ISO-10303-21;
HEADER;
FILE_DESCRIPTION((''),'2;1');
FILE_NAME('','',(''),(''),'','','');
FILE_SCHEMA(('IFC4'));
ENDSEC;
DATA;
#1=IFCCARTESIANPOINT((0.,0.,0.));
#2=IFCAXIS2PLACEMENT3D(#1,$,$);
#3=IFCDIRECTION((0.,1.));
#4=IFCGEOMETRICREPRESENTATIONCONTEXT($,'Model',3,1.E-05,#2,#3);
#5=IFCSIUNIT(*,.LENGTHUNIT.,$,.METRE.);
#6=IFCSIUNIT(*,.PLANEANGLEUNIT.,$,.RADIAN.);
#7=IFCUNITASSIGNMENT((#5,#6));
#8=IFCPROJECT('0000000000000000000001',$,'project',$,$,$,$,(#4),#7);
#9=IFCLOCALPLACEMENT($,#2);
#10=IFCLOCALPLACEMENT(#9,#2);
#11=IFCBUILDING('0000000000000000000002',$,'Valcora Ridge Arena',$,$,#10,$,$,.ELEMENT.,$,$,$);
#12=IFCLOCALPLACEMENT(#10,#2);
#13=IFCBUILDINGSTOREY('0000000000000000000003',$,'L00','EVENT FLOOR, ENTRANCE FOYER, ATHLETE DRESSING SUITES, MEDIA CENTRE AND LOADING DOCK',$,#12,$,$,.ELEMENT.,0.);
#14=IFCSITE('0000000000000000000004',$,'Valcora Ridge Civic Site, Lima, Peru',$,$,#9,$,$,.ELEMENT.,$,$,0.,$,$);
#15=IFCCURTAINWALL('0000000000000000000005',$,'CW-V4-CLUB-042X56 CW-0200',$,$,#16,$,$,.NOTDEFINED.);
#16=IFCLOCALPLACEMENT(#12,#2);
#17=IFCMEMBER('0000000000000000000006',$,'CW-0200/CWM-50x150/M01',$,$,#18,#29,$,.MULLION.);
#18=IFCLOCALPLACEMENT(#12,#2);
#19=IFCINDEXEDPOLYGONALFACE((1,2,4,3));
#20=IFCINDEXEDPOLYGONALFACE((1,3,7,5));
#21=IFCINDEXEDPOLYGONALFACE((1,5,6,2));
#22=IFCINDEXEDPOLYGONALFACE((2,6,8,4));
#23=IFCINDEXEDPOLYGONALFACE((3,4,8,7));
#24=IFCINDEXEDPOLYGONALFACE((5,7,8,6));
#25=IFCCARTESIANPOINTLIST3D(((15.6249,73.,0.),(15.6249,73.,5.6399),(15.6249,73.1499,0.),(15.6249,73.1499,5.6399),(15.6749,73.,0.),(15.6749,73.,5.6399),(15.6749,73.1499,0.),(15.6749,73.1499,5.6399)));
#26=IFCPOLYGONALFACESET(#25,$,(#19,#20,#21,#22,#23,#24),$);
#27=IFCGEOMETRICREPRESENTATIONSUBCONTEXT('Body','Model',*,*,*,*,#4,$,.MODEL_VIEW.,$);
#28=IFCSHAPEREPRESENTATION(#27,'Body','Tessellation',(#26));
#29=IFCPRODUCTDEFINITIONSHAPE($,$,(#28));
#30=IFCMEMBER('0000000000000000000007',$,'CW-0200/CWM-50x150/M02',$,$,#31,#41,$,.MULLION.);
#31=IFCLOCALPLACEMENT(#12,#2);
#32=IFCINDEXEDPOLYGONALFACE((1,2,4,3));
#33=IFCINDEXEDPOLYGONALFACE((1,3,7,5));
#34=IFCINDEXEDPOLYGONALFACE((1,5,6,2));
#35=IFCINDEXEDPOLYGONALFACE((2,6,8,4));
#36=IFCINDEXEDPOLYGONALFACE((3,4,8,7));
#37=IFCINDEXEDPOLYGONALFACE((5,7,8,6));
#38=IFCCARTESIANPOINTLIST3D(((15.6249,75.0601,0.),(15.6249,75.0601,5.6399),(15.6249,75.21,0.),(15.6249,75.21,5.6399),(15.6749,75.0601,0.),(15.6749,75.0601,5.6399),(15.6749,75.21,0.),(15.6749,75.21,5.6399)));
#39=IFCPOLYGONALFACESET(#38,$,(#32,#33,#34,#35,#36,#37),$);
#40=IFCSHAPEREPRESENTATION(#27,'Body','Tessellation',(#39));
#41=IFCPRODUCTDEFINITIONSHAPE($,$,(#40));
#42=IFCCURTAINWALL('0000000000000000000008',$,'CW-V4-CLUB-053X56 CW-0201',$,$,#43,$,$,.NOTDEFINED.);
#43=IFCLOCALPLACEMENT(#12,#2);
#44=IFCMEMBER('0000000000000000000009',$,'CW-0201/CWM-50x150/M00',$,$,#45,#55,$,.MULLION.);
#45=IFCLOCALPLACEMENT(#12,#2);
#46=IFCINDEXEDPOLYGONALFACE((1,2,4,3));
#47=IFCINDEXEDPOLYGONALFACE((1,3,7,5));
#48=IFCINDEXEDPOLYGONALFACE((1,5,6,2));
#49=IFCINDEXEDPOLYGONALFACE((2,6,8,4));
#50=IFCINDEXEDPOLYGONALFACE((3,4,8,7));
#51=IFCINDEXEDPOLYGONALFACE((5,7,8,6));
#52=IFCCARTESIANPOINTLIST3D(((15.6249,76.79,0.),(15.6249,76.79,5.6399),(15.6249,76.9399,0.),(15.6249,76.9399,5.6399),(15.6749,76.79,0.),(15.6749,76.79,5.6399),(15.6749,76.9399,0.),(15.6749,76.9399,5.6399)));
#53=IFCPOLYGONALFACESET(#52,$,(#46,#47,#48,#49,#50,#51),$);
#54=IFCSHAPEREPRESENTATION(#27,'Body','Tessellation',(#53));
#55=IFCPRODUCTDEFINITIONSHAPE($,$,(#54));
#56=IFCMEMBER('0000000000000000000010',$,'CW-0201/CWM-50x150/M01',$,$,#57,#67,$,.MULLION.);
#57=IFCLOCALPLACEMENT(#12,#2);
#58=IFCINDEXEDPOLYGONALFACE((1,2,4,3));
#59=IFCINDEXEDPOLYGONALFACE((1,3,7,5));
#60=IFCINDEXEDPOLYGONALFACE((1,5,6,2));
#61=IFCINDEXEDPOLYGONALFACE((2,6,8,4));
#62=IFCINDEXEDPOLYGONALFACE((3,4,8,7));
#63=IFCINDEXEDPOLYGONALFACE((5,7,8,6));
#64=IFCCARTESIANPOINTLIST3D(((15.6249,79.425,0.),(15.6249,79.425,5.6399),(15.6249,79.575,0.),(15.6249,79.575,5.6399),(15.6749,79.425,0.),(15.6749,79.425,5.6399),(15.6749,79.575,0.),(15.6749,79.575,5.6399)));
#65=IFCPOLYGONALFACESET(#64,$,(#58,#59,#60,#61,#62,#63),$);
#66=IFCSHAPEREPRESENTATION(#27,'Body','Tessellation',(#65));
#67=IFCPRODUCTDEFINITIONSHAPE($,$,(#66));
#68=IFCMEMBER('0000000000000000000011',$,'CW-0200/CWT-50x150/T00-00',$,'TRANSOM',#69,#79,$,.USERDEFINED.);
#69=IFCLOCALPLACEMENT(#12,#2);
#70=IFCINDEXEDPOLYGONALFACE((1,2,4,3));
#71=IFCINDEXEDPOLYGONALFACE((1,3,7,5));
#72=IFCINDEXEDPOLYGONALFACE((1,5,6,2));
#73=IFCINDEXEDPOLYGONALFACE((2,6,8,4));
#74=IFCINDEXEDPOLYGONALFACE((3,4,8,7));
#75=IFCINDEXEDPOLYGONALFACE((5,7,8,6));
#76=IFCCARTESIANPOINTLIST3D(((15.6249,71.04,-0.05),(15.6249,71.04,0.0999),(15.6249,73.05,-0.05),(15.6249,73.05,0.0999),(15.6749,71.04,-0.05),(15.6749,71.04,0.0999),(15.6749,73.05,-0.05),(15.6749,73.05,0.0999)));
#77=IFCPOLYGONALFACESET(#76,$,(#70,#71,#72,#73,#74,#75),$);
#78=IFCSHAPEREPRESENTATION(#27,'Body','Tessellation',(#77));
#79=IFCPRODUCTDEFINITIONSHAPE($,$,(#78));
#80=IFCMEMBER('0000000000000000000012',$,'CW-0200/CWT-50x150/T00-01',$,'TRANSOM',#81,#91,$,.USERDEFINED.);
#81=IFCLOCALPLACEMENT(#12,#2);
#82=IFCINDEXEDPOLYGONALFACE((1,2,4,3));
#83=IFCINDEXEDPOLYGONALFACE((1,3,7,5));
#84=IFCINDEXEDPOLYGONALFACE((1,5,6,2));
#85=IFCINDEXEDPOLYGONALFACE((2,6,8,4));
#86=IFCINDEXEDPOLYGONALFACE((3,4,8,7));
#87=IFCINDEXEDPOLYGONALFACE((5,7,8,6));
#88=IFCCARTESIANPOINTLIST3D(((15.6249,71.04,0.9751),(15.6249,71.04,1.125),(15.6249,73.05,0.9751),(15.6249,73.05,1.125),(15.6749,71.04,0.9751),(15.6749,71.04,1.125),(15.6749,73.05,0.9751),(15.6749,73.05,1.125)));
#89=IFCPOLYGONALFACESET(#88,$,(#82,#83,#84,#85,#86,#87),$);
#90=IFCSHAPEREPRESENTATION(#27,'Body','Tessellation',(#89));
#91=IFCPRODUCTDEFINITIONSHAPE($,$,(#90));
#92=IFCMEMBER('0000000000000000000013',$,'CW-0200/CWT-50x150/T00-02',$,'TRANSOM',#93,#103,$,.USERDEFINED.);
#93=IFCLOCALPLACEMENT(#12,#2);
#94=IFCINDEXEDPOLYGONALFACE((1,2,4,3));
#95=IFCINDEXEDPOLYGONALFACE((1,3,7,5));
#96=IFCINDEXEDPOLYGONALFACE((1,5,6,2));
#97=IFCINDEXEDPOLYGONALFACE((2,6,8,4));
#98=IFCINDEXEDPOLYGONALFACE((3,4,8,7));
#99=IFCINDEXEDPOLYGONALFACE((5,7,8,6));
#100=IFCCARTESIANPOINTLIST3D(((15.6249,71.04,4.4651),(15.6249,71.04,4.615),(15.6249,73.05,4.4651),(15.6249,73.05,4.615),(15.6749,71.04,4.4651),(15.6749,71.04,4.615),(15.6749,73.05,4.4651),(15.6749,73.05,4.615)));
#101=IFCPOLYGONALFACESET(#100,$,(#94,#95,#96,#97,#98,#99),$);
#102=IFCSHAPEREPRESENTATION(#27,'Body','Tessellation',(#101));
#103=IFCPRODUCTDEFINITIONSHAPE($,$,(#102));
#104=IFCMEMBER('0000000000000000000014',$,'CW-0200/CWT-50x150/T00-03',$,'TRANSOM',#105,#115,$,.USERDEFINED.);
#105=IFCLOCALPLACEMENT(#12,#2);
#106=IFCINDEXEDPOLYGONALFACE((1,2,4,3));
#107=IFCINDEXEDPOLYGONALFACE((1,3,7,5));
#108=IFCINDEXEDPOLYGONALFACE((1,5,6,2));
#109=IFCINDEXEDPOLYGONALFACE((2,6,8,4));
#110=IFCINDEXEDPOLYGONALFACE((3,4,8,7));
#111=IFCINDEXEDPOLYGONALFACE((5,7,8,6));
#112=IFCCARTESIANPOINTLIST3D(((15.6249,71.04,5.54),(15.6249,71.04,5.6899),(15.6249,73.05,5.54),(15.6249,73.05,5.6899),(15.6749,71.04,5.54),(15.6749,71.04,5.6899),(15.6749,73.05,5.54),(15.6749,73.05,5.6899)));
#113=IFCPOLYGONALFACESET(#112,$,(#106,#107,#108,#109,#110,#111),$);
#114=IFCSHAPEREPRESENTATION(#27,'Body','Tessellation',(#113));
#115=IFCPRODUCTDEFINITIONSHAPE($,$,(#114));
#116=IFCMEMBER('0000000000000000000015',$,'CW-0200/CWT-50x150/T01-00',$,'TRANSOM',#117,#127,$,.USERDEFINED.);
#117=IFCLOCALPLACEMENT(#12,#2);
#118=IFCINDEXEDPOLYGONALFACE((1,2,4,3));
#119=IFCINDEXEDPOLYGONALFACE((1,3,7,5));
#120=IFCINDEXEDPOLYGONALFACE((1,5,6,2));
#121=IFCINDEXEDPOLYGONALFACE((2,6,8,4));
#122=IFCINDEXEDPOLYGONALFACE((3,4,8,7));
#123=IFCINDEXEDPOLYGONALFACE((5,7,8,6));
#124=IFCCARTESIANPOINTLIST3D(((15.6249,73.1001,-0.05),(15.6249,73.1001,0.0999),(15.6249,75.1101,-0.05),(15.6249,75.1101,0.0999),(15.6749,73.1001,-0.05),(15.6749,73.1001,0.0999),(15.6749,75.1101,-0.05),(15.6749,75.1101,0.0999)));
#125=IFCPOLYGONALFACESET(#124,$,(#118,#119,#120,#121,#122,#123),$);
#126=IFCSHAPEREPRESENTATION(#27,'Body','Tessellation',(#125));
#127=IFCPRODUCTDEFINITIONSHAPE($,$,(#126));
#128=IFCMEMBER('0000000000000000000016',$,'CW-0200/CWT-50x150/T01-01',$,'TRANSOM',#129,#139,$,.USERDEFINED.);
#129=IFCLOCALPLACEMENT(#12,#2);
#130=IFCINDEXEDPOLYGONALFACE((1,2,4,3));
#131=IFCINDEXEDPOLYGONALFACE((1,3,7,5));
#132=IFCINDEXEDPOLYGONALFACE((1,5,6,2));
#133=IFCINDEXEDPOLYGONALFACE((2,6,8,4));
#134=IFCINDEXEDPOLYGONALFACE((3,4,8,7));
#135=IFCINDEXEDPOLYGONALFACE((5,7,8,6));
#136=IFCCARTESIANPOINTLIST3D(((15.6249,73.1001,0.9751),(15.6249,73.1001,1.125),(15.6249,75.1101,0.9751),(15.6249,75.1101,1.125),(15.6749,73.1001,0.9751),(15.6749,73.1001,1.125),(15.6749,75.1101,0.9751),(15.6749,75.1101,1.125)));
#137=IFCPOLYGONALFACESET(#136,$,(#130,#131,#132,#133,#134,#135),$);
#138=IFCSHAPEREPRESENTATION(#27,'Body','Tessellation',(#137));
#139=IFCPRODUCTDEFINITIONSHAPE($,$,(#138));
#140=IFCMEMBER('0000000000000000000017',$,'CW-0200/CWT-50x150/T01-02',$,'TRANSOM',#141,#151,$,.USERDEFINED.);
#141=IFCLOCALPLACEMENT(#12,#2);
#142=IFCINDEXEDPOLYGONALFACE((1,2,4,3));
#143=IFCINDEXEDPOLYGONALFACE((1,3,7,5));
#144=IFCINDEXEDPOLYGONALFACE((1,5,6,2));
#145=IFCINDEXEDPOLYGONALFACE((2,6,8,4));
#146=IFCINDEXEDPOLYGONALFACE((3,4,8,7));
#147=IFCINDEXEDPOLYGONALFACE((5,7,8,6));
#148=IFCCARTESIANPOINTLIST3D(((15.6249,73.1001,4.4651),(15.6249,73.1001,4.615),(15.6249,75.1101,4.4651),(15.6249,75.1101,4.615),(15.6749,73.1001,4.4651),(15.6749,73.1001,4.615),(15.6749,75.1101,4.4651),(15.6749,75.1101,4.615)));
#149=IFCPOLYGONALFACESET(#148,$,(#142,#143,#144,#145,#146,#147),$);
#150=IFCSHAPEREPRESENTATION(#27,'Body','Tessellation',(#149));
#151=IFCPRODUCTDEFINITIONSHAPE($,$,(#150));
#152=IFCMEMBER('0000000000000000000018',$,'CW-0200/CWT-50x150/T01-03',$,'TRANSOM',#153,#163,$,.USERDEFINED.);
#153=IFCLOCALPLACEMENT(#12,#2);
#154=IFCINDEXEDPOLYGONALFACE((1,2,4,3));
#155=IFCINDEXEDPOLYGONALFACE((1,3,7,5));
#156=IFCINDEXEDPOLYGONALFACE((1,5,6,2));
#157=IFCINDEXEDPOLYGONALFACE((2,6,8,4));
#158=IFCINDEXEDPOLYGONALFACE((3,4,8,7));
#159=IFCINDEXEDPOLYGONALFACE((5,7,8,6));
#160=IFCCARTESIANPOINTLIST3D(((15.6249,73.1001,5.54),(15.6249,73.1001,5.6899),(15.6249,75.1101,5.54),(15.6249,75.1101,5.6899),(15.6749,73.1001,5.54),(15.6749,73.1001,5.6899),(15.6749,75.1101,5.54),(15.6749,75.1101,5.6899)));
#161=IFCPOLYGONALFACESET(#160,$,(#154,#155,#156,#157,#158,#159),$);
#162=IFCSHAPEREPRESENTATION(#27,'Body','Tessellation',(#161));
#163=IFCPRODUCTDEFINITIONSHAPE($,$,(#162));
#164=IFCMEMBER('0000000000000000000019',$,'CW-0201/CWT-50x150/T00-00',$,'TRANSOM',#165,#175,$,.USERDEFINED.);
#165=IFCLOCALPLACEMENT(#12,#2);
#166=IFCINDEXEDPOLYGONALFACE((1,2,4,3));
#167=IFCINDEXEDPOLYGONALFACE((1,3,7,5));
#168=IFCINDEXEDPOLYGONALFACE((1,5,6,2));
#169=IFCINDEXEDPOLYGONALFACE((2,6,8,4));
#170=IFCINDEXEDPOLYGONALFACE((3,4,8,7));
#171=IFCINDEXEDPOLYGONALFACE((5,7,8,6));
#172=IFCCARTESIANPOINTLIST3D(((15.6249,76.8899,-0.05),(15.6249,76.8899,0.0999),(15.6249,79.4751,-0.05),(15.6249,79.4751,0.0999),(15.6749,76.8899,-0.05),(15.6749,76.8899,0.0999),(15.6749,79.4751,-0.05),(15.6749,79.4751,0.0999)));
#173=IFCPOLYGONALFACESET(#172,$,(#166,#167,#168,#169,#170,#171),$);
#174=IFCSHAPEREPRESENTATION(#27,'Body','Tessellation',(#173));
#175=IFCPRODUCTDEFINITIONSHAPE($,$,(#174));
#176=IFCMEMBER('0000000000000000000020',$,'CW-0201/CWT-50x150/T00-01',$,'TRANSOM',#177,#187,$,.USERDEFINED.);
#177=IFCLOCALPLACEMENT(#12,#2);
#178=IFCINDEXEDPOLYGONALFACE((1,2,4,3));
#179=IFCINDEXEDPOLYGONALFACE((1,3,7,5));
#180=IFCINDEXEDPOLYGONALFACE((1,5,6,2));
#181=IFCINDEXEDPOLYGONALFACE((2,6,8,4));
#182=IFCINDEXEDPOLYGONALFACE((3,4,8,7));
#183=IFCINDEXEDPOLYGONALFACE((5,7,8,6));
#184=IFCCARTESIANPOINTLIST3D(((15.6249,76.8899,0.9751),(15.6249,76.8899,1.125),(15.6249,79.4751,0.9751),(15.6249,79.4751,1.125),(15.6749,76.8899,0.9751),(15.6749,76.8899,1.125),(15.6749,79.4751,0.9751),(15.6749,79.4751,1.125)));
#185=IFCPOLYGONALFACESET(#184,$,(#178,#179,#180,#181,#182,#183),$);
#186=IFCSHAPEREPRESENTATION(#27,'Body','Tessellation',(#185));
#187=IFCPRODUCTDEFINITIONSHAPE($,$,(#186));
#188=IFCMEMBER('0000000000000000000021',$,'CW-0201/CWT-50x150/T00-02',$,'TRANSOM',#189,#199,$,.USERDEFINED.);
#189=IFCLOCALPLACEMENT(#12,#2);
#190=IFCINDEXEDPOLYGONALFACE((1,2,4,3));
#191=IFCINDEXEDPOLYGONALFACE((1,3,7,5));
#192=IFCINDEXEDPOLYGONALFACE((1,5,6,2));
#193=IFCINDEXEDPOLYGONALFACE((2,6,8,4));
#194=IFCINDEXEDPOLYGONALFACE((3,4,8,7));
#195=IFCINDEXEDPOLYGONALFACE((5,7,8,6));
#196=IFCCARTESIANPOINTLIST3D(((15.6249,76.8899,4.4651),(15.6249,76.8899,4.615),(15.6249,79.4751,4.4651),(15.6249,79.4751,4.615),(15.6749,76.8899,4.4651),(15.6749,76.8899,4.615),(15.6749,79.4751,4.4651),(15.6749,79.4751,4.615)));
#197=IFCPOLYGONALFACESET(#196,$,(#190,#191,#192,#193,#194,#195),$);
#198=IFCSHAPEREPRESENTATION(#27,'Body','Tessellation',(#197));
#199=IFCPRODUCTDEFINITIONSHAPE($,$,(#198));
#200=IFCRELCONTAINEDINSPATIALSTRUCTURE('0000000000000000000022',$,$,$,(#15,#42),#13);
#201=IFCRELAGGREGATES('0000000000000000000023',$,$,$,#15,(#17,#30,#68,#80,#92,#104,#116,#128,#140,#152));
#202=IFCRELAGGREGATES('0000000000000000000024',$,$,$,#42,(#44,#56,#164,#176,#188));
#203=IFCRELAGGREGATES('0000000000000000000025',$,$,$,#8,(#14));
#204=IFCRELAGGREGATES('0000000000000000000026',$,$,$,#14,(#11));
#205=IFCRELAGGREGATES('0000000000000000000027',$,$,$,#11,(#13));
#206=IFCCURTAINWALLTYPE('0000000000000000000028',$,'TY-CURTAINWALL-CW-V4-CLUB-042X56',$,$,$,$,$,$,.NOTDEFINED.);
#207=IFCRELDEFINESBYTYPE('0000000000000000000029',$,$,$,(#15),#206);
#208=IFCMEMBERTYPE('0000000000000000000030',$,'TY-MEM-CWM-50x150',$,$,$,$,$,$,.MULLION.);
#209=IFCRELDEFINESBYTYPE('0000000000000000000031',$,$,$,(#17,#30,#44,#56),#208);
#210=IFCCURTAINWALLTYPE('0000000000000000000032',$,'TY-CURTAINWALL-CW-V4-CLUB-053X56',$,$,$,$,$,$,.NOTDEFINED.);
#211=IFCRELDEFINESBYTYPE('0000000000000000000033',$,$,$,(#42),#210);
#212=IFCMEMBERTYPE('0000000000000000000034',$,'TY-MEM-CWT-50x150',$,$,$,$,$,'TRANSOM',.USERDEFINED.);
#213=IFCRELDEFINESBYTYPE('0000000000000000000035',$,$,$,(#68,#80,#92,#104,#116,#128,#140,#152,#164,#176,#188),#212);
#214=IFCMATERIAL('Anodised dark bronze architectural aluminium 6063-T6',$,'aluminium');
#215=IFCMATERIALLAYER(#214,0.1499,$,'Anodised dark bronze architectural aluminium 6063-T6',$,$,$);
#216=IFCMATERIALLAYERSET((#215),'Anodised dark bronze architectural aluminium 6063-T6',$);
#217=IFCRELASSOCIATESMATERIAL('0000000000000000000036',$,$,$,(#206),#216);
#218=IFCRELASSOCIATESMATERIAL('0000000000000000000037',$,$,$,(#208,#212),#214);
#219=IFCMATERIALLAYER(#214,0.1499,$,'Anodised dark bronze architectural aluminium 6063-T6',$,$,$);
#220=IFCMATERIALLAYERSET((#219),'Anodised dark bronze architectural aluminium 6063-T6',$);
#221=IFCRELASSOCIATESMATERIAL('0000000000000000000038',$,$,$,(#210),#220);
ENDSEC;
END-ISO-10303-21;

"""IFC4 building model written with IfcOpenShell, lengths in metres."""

from ifc_helpers import new_model, si_unit, direction, frame, origin, origin_2d, place, context, subcontext, project, spatial, rectangle, extrude, material, layer, layer_set, material_profile, profile_set, type_object, element, aggregate, save


model = new_model("IFC4")

# Units and contexts
model_context = context("Model", 3, precision=1e-05, world=origin(), true_north=direction((0.0, 1.0)))
body_context = subcontext(model_context, "Body", "Model", "MODEL_VIEW")
ifc_project = project(units=[si_unit("LENGTHUNIT", "METRE"), si_unit("PLANEANGLEUNIT", "RADIAN")], contexts=[model_context])

# Site, building, storey
site_placement = place(None, origin())
site = spatial("IfcSite", under=ifc_project, at=site_placement, Name="Valcora Ridge Civic Site, Lima, Peru", CompositionType="ELEMENT", RefElevation=0.0)
building_placement = place(site_placement, origin())
building = spatial("IfcBuilding", under=site, at=building_placement, Name="Valcora Ridge Arena", CompositionType="ELEMENT")
storey_placement = place(building_placement, origin())
storey = spatial("IfcBuildingStorey", under=building, at=storey_placement, Name="L00", Description="EVENT FLOOR, ENTRANCE FOYER, ATHLETE DRESSING SUITES, MEDIA CENTRE AND LOADING DOCK", CompositionType="ELEMENT", Elevation=0.0)

# Curtain walls, members
ifc_material_1 = material(Name="Anodised dark bronze architectural aluminium 6063-T6", Category="aluminium")
ifc_layer_1 = layer(ifc_material_1, 0.1499, Name="Anodised dark bronze architectural aluminium 6063-T6")
ifc_layer_set_1 = layer_set([ifc_layer_1], Name="Anodised dark bronze architectural aluminium 6063-T6")
curtain_wall_type_1 = type_object("IfcCurtainWallType", Name="TY-CURTAINWALL-CW-V4-CLUB-042X56", PredefinedType="NOTDEFINED", material=ifc_layer_set_1)
curtain_wall_1_placement = place(storey_placement, origin())
curtain_wall_1 = element("IfcCurtainWall", 1, at=curtain_wall_1_placement, inside=storey, type_object=curtain_wall_type_1, Name="CW-V4-CLUB-042X56 CW-0200", PredefinedType="NOTDEFINED")
ifc_material_profile_1 = material_profile(ifc_material_1, rectangle(XDim=0.05, YDim=0.1499, at=origin_2d()), Name="ALU MULLION 50x150")
ifc_profile_set_1 = profile_set([ifc_material_profile_1], Name="Anodised dark bronze architectural aluminium 6063-T6")
member_type_1 = type_object("IfcMemberType", Name="TY-MEM-CWM-50x150", PredefinedType="MULLION", material=ifc_profile_set_1)
member_1_placement = place(storey_placement, frame((15.6499, 73.075, 0.0), z_axis=(0.0, 0.0, 1.0), x_axis=(-1.0, 0.0, 0.0)))
member_1 = element("IfcMember", 2, at=member_1_placement, type_object=member_type_1, Name="CW-0200/CWM-50x150/M01", PredefinedType="MULLION", context=body_context, shape_type="SweptSolid", body=[
    extrude(rectangle(XDim=0.05, YDim=0.1499, at=origin_2d()), origin(), (0.0, 0.0, 1.0), 5.6399),
])
member_2_placement = place(storey_placement, frame((15.6499, 75.135, 0.0), z_axis=(0.0, 0.0, 1.0), x_axis=(-1.0, 0.0, 0.0)))
member_2 = element("IfcMember", 3, at=member_2_placement, type_object=member_type_1, Name="CW-0200/CWM-50x150/M02", PredefinedType="MULLION", context=body_context, shape_type="SweptSolid", body=[
    extrude(rectangle(XDim=0.05, YDim=0.1499, at=origin_2d()), origin(), (0.0, 0.0, 1.0), 5.6399),
])
ifc_layer_2 = layer(ifc_material_1, 0.1499, Name="Anodised dark bronze architectural aluminium 6063-T6")
ifc_layer_set_2 = layer_set([ifc_layer_2], Name="Anodised dark bronze architectural aluminium 6063-T6")
curtain_wall_type_2 = type_object("IfcCurtainWallType", Name="TY-CURTAINWALL-CW-V4-CLUB-053X56", PredefinedType="NOTDEFINED", material=ifc_layer_set_2)
curtain_wall_2_placement = place(storey_placement, origin())
curtain_wall_2 = element("IfcCurtainWall", 4, at=curtain_wall_2_placement, inside=storey, type_object=curtain_wall_type_2, Name="CW-V4-CLUB-053X56 CW-0201", PredefinedType="NOTDEFINED")
member_3_placement = place(storey_placement, frame((15.6499, 76.865, 0.0), z_axis=(0.0, 0.0, 1.0), x_axis=(-1.0, 0.0, 0.0)))
member_3 = element("IfcMember", 5, at=member_3_placement, type_object=member_type_1, Name="CW-0201/CWM-50x150/M00", PredefinedType="MULLION", context=body_context, shape_type="SweptSolid", body=[
    extrude(rectangle(XDim=0.05, YDim=0.1499, at=origin_2d()), origin(), (0.0, 0.0, 1.0), 5.6399),
])
member_4_placement = place(storey_placement, frame((15.6499, 79.5, 0.0), z_axis=(0.0, 0.0, 1.0), x_axis=(-1.0, 0.0, 0.0)))
member_4 = element("IfcMember", 6, at=member_4_placement, type_object=member_type_1, Name="CW-0201/CWM-50x150/M01", PredefinedType="MULLION", context=body_context, shape_type="SweptSolid", body=[
    extrude(rectangle(XDim=0.05, YDim=0.1499, at=origin_2d()), origin(), (0.0, 0.0, 1.0), 5.6399),
])

# Members
ifc_material_profile_2 = material_profile(ifc_material_1, rectangle(XDim=0.05, YDim=0.1499, at=origin_2d()), Name="ALU TRANSOM 50x150")
ifc_profile_set_2 = profile_set([ifc_material_profile_2], Name="Anodised dark bronze architectural aluminium 6063-T6")
member_type_2 = type_object("IfcMemberType", Name="TY-MEM-CWT-50x150", ElementType="TRANSOM", PredefinedType="USERDEFINED", material=ifc_profile_set_2)
member_5_placement = place(storey_placement, frame((15.6499, 71.04, 0.0249), z_axis=(0.0, 1.0, 0.0), x_axis=(-1.0, 0.0, 0.0)))
member_5 = element("IfcMember", 7, at=member_5_placement, type_object=member_type_2, Name="CW-0200/CWT-50x150/T00-00", ObjectType="TRANSOM", PredefinedType="USERDEFINED", context=body_context, shape_type="SweptSolid", body=[
    extrude(rectangle(XDim=0.05, YDim=0.1499, at=origin_2d()), origin(), (0.0, 0.0, 1.0), 2.01),
])
member_6_placement = place(storey_placement, frame((15.6499, 71.04, 1.05), z_axis=(0.0, 1.0, 0.0), x_axis=(-1.0, 0.0, 0.0)))
member_6 = element("IfcMember", 8, at=member_6_placement, type_object=member_type_2, Name="CW-0200/CWT-50x150/T00-01", ObjectType="TRANSOM", PredefinedType="USERDEFINED", context=body_context, shape_type="SweptSolid", body=[
    extrude(rectangle(XDim=0.05, YDim=0.1499, at=origin_2d()), origin(), (0.0, 0.0, 1.0), 2.01),
])
member_7_placement = place(storey_placement, frame((15.6499, 71.04, 4.54), z_axis=(0.0, 1.0, 0.0), x_axis=(-1.0, 0.0, 0.0)))
member_7 = element("IfcMember", 9, at=member_7_placement, type_object=member_type_2, Name="CW-0200/CWT-50x150/T00-02", ObjectType="TRANSOM", PredefinedType="USERDEFINED", context=body_context, shape_type="SweptSolid", body=[
    extrude(rectangle(XDim=0.05, YDim=0.1499, at=origin_2d()), origin(), (0.0, 0.0, 1.0), 2.01),
])
member_8_placement = place(storey_placement, frame((15.6499, 71.04, 5.615), z_axis=(0.0, 1.0, 0.0), x_axis=(-1.0, 0.0, 0.0)))
member_8 = element("IfcMember", 10, at=member_8_placement, type_object=member_type_2, Name="CW-0200/CWT-50x150/T00-03", ObjectType="TRANSOM", PredefinedType="USERDEFINED", context=body_context, shape_type="SweptSolid", body=[
    extrude(rectangle(XDim=0.05, YDim=0.1499, at=origin_2d()), origin(), (0.0, 0.0, 1.0), 2.01),
])
member_9_placement = place(storey_placement, frame((15.6499, 73.1001, 0.0249), z_axis=(0.0, 1.0, 0.0), x_axis=(-1.0, 0.0, 0.0)))
member_9 = element("IfcMember", 11, at=member_9_placement, type_object=member_type_2, Name="CW-0200/CWT-50x150/T01-00", ObjectType="TRANSOM", PredefinedType="USERDEFINED", context=body_context, shape_type="SweptSolid", body=[
    extrude(rectangle(XDim=0.05, YDim=0.1499, at=origin_2d()), origin(), (0.0, 0.0, 1.0), 2.01),
])
member_10_placement = place(storey_placement, frame((15.6499, 73.1001, 1.05), z_axis=(0.0, 1.0, 0.0), x_axis=(-1.0, 0.0, 0.0)))
member_10 = element("IfcMember", 12, at=member_10_placement, type_object=member_type_2, Name="CW-0200/CWT-50x150/T01-01", ObjectType="TRANSOM", PredefinedType="USERDEFINED", context=body_context, shape_type="SweptSolid", body=[
    extrude(rectangle(XDim=0.05, YDim=0.1499, at=origin_2d()), origin(), (0.0, 0.0, 1.0), 2.01),
])
member_11_placement = place(storey_placement, frame((15.6499, 73.1001, 4.54), z_axis=(0.0, 1.0, 0.0), x_axis=(-1.0, 0.0, 0.0)))
member_11 = element("IfcMember", 13, at=member_11_placement, type_object=member_type_2, Name="CW-0200/CWT-50x150/T01-02", ObjectType="TRANSOM", PredefinedType="USERDEFINED", context=body_context, shape_type="SweptSolid", body=[
    extrude(rectangle(XDim=0.05, YDim=0.1499, at=origin_2d()), origin(), (0.0, 0.0, 1.0), 2.01),
])
member_12_placement = place(storey_placement, frame((15.6499, 73.1001, 5.615), z_axis=(0.0, 1.0, 0.0), x_axis=(-1.0, 0.0, 0.0)))
member_12 = element("IfcMember", 14, at=member_12_placement, type_object=member_type_2, Name="CW-0200/CWT-50x150/T01-03", ObjectType="TRANSOM", PredefinedType="USERDEFINED", context=body_context, shape_type="SweptSolid", body=[
    extrude(rectangle(XDim=0.05, YDim=0.1499, at=origin_2d()), origin(), (0.0, 0.0, 1.0), 2.01),
])
member_13_placement = place(storey_placement, frame((15.6499, 76.8899, 0.0249), z_axis=(0.0, 1.0, 0.0), x_axis=(-1.0, 0.0, 0.0)))
member_13 = element("IfcMember", 15, at=member_13_placement, type_object=member_type_2, Name="CW-0201/CWT-50x150/T00-00", ObjectType="TRANSOM", PredefinedType="USERDEFINED", context=body_context, shape_type="SweptSolid", body=[
    extrude(rectangle(XDim=0.05, YDim=0.1499, at=origin_2d()), origin(), (0.0, 0.0, 1.0), 2.5852),
])
member_14_placement = place(storey_placement, frame((15.6499, 76.8899, 1.05), z_axis=(0.0, 1.0, 0.0), x_axis=(-1.0, 0.0, 0.0)))
member_14 = element("IfcMember", 16, at=member_14_placement, type_object=member_type_2, Name="CW-0201/CWT-50x150/T00-01", ObjectType="TRANSOM", PredefinedType="USERDEFINED", context=body_context, shape_type="SweptSolid", body=[
    extrude(rectangle(XDim=0.05, YDim=0.1499, at=origin_2d()), origin(), (0.0, 0.0, 1.0), 2.5852),
])
member_15_placement = place(storey_placement, frame((15.6499, 76.8899, 4.54), z_axis=(0.0, 1.0, 0.0), x_axis=(-1.0, 0.0, 0.0)))
member_15 = element("IfcMember", 17, at=member_15_placement, type_object=member_type_2, Name="CW-0201/CWT-50x150/T00-02", ObjectType="TRANSOM", PredefinedType="USERDEFINED", context=body_context, shape_type="SweptSolid", body=[
    extrude(rectangle(XDim=0.05, YDim=0.1499, at=origin_2d()), origin(), (0.0, 0.0, 1.0), 2.5852),
])

aggregate(curtain_wall_1, [member_1, member_2, member_5, member_6, member_7, member_8, member_9, member_10, member_11, member_12])
aggregate(curtain_wall_2, [member_3, member_4, member_13, member_14, member_15])

save(model, "model.ifc")
